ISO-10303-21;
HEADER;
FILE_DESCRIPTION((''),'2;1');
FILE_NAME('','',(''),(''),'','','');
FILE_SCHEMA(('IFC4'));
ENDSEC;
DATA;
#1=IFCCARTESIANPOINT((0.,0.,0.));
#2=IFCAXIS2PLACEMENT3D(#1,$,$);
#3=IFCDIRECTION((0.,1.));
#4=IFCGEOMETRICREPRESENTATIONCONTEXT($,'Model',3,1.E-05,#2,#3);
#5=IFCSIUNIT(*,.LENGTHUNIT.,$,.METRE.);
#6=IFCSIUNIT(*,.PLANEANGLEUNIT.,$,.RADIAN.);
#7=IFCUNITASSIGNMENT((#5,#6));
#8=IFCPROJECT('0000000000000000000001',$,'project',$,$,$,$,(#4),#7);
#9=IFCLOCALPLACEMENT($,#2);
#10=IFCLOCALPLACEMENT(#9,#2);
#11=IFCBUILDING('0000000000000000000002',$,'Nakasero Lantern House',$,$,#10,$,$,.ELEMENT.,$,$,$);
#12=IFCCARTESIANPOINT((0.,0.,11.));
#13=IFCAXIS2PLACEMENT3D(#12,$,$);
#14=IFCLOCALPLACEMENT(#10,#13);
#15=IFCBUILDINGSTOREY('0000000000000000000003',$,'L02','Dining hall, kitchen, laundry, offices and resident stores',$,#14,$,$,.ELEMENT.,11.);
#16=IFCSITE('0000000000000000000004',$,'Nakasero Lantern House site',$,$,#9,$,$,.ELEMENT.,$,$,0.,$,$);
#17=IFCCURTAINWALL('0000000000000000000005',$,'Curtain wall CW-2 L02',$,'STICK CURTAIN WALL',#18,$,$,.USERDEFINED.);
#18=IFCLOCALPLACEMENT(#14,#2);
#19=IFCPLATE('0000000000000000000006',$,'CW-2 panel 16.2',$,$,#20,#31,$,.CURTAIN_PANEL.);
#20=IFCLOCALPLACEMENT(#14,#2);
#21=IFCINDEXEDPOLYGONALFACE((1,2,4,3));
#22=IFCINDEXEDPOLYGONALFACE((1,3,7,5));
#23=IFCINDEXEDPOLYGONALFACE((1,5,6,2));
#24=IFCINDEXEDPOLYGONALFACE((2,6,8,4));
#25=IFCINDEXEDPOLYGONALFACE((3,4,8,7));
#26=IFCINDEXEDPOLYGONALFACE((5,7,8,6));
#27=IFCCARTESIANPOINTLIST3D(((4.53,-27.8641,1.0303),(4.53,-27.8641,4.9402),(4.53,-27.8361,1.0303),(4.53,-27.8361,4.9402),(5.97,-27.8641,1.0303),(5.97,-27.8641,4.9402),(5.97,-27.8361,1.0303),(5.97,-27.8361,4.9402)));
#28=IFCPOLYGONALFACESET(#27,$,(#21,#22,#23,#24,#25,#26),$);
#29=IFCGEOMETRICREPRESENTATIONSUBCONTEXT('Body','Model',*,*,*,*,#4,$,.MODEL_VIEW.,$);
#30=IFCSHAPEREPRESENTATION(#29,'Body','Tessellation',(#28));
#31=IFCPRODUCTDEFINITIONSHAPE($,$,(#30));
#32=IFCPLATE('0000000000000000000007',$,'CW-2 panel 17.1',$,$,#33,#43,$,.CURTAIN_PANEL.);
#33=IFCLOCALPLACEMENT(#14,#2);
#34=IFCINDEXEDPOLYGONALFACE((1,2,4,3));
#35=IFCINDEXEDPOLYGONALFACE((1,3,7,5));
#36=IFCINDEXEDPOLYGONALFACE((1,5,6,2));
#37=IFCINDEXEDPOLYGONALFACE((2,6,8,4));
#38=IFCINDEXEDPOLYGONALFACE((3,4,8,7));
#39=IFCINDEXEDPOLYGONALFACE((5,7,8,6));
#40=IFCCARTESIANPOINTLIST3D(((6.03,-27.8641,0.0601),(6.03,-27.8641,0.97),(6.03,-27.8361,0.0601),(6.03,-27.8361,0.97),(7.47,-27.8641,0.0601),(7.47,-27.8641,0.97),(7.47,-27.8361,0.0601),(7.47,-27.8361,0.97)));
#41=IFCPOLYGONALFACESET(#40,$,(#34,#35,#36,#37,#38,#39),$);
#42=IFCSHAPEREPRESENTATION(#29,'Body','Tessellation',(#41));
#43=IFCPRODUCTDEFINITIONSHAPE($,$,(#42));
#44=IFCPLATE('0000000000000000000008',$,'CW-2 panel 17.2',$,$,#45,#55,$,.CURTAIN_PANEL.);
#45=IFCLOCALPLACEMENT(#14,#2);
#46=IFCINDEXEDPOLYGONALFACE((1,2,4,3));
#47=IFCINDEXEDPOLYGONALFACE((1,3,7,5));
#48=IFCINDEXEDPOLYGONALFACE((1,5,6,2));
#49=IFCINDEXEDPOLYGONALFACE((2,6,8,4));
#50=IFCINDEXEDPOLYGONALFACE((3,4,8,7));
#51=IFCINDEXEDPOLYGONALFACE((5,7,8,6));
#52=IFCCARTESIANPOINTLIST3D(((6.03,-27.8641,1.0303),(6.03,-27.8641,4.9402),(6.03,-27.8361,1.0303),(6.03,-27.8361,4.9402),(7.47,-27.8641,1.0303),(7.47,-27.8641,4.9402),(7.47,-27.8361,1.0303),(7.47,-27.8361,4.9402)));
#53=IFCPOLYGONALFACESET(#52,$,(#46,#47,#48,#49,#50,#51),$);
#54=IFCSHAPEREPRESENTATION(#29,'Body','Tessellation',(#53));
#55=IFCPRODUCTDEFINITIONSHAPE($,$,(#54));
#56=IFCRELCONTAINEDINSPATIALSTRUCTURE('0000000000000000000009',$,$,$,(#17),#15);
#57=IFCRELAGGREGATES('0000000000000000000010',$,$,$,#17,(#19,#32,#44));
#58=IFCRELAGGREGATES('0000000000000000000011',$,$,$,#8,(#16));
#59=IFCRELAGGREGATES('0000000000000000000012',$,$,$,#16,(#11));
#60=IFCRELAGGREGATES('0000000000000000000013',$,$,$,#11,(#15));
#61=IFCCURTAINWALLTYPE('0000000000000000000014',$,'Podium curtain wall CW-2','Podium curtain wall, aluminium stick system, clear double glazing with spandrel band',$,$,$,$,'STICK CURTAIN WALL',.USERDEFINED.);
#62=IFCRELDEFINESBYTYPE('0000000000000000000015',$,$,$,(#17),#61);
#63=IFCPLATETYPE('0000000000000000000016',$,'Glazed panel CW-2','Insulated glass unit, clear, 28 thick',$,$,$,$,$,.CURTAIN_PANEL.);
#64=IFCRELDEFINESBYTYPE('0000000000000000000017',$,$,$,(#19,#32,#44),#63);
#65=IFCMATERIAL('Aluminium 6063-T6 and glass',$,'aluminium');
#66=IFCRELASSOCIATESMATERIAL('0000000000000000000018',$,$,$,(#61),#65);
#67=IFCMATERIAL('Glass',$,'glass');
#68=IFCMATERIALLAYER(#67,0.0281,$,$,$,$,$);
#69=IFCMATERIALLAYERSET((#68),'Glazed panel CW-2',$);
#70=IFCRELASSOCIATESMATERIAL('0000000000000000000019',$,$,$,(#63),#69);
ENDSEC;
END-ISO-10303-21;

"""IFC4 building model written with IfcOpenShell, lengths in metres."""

from ifc_helpers import new_model, si_unit, direction, frame, origin, origin_2d, place, context, subcontext, project, spatial, rectangle, extrude, material, layer, layer_set, type_object, element, aggregate, save


model = new_model("IFC4")

# Units and contexts
model_context = context("Model", 3, precision=1e-05, world=origin(), true_north=direction((0.0, 1.0)))
body_context = subcontext(model_context, "Body", "Model", "MODEL_VIEW")
ifc_project = project(units=[si_unit("LENGTHUNIT", "METRE"), si_unit("PLANEANGLEUNIT", "RADIAN")], contexts=[model_context])

# Site, building, storey
site_placement = place(None, origin())
site = spatial("IfcSite", under=ifc_project, at=site_placement, Name="Nakasero Lantern House site", CompositionType="ELEMENT", RefElevation=0.0)
building_placement = place(site_placement, origin())
building = spatial("IfcBuilding", under=site, at=building_placement, Name="Nakasero Lantern House", CompositionType="ELEMENT")
storey_placement = place(building_placement, frame((0.0, 0.0, 11.0)))
storey = spatial("IfcBuildingStorey", under=building, at=storey_placement, Name="L02", Description="Dining hall, kitchen, laundry, offices and resident stores", CompositionType="ELEMENT", Elevation=11.0)

# Curtain wall, plates
ifc_material_1 = material(Name="Aluminium 6063-T6 and glass", Category="aluminium")
curtain_wall_type = type_object("IfcCurtainWallType", Name="Podium curtain wall CW-2", Description="Podium curtain wall, aluminium stick system, clear double glazing with spandrel band", ElementType="STICK CURTAIN WALL", PredefinedType="USERDEFINED", material=ifc_material_1)
curtain_wall_placement = place(storey_placement, origin())
curtain_wall = element("IfcCurtainWall", 1, at=curtain_wall_placement, inside=storey, type_object=curtain_wall_type, Name="Curtain wall CW-2 L02", ObjectType="STICK CURTAIN WALL", PredefinedType="USERDEFINED")
ifc_material_2 = material(Name="Glass", Category="glass")
ifc_layer = layer(ifc_material_2, 0.0281)
ifc_layer_set = layer_set([ifc_layer], Name="Glazed panel CW-2")
plate_type = type_object("IfcPlateType", Name="Glazed panel CW-2", Description="Insulated glass unit, clear, 28 thick", PredefinedType="CURTAIN_PANEL", material=ifc_layer_set)
plate_1_placement = place(storey_placement, frame((5.25, -27.8501, 1.0303), z_axis=(0.0, 0.0, 1.0), x_axis=(1.0, 0.0, 0.0)))
plate_1 = element("IfcPlate", 2, at=plate_1_placement, type_object=plate_type, Name="CW-2 panel 16.2", PredefinedType="CURTAIN_PANEL", context=body_context, shape_type="SweptSolid", body=[
    extrude(rectangle(XDim=1.4399, YDim=0.0281, at=origin_2d()), origin(), (0.0, 0.0, 1.0), 3.9099),
])
plate_2_placement = place(storey_placement, frame((6.75, -27.8501, 0.0601), z_axis=(0.0, 0.0, 1.0), x_axis=(1.0, 0.0, 0.0)))
plate_2 = element("IfcPlate", 3, at=plate_2_placement, type_object=plate_type, Name="CW-2 panel 17.1", PredefinedType="CURTAIN_PANEL", context=body_context, shape_type="SweptSolid", body=[
    extrude(rectangle(XDim=1.4399, YDim=0.0281, at=origin_2d()), origin(), (0.0, 0.0, 1.0), 0.9099),
])
plate_3_placement = place(storey_placement, frame((6.75, -27.8501, 1.0303), z_axis=(0.0, 0.0, 1.0), x_axis=(1.0, 0.0, 0.0)))
plate_3 = element("IfcPlate", 4, at=plate_3_placement, type_object=plate_type, Name="CW-2 panel 17.2", PredefinedType="CURTAIN_PANEL", context=body_context, shape_type="SweptSolid", body=[
    extrude(rectangle(XDim=1.4399, YDim=0.0281, at=origin_2d()), origin(), (0.0, 0.0, 1.0), 3.9099),
])
aggregate(curtain_wall, [plate_1, plate_2, plate_3])

save(model, "model.ifc")
